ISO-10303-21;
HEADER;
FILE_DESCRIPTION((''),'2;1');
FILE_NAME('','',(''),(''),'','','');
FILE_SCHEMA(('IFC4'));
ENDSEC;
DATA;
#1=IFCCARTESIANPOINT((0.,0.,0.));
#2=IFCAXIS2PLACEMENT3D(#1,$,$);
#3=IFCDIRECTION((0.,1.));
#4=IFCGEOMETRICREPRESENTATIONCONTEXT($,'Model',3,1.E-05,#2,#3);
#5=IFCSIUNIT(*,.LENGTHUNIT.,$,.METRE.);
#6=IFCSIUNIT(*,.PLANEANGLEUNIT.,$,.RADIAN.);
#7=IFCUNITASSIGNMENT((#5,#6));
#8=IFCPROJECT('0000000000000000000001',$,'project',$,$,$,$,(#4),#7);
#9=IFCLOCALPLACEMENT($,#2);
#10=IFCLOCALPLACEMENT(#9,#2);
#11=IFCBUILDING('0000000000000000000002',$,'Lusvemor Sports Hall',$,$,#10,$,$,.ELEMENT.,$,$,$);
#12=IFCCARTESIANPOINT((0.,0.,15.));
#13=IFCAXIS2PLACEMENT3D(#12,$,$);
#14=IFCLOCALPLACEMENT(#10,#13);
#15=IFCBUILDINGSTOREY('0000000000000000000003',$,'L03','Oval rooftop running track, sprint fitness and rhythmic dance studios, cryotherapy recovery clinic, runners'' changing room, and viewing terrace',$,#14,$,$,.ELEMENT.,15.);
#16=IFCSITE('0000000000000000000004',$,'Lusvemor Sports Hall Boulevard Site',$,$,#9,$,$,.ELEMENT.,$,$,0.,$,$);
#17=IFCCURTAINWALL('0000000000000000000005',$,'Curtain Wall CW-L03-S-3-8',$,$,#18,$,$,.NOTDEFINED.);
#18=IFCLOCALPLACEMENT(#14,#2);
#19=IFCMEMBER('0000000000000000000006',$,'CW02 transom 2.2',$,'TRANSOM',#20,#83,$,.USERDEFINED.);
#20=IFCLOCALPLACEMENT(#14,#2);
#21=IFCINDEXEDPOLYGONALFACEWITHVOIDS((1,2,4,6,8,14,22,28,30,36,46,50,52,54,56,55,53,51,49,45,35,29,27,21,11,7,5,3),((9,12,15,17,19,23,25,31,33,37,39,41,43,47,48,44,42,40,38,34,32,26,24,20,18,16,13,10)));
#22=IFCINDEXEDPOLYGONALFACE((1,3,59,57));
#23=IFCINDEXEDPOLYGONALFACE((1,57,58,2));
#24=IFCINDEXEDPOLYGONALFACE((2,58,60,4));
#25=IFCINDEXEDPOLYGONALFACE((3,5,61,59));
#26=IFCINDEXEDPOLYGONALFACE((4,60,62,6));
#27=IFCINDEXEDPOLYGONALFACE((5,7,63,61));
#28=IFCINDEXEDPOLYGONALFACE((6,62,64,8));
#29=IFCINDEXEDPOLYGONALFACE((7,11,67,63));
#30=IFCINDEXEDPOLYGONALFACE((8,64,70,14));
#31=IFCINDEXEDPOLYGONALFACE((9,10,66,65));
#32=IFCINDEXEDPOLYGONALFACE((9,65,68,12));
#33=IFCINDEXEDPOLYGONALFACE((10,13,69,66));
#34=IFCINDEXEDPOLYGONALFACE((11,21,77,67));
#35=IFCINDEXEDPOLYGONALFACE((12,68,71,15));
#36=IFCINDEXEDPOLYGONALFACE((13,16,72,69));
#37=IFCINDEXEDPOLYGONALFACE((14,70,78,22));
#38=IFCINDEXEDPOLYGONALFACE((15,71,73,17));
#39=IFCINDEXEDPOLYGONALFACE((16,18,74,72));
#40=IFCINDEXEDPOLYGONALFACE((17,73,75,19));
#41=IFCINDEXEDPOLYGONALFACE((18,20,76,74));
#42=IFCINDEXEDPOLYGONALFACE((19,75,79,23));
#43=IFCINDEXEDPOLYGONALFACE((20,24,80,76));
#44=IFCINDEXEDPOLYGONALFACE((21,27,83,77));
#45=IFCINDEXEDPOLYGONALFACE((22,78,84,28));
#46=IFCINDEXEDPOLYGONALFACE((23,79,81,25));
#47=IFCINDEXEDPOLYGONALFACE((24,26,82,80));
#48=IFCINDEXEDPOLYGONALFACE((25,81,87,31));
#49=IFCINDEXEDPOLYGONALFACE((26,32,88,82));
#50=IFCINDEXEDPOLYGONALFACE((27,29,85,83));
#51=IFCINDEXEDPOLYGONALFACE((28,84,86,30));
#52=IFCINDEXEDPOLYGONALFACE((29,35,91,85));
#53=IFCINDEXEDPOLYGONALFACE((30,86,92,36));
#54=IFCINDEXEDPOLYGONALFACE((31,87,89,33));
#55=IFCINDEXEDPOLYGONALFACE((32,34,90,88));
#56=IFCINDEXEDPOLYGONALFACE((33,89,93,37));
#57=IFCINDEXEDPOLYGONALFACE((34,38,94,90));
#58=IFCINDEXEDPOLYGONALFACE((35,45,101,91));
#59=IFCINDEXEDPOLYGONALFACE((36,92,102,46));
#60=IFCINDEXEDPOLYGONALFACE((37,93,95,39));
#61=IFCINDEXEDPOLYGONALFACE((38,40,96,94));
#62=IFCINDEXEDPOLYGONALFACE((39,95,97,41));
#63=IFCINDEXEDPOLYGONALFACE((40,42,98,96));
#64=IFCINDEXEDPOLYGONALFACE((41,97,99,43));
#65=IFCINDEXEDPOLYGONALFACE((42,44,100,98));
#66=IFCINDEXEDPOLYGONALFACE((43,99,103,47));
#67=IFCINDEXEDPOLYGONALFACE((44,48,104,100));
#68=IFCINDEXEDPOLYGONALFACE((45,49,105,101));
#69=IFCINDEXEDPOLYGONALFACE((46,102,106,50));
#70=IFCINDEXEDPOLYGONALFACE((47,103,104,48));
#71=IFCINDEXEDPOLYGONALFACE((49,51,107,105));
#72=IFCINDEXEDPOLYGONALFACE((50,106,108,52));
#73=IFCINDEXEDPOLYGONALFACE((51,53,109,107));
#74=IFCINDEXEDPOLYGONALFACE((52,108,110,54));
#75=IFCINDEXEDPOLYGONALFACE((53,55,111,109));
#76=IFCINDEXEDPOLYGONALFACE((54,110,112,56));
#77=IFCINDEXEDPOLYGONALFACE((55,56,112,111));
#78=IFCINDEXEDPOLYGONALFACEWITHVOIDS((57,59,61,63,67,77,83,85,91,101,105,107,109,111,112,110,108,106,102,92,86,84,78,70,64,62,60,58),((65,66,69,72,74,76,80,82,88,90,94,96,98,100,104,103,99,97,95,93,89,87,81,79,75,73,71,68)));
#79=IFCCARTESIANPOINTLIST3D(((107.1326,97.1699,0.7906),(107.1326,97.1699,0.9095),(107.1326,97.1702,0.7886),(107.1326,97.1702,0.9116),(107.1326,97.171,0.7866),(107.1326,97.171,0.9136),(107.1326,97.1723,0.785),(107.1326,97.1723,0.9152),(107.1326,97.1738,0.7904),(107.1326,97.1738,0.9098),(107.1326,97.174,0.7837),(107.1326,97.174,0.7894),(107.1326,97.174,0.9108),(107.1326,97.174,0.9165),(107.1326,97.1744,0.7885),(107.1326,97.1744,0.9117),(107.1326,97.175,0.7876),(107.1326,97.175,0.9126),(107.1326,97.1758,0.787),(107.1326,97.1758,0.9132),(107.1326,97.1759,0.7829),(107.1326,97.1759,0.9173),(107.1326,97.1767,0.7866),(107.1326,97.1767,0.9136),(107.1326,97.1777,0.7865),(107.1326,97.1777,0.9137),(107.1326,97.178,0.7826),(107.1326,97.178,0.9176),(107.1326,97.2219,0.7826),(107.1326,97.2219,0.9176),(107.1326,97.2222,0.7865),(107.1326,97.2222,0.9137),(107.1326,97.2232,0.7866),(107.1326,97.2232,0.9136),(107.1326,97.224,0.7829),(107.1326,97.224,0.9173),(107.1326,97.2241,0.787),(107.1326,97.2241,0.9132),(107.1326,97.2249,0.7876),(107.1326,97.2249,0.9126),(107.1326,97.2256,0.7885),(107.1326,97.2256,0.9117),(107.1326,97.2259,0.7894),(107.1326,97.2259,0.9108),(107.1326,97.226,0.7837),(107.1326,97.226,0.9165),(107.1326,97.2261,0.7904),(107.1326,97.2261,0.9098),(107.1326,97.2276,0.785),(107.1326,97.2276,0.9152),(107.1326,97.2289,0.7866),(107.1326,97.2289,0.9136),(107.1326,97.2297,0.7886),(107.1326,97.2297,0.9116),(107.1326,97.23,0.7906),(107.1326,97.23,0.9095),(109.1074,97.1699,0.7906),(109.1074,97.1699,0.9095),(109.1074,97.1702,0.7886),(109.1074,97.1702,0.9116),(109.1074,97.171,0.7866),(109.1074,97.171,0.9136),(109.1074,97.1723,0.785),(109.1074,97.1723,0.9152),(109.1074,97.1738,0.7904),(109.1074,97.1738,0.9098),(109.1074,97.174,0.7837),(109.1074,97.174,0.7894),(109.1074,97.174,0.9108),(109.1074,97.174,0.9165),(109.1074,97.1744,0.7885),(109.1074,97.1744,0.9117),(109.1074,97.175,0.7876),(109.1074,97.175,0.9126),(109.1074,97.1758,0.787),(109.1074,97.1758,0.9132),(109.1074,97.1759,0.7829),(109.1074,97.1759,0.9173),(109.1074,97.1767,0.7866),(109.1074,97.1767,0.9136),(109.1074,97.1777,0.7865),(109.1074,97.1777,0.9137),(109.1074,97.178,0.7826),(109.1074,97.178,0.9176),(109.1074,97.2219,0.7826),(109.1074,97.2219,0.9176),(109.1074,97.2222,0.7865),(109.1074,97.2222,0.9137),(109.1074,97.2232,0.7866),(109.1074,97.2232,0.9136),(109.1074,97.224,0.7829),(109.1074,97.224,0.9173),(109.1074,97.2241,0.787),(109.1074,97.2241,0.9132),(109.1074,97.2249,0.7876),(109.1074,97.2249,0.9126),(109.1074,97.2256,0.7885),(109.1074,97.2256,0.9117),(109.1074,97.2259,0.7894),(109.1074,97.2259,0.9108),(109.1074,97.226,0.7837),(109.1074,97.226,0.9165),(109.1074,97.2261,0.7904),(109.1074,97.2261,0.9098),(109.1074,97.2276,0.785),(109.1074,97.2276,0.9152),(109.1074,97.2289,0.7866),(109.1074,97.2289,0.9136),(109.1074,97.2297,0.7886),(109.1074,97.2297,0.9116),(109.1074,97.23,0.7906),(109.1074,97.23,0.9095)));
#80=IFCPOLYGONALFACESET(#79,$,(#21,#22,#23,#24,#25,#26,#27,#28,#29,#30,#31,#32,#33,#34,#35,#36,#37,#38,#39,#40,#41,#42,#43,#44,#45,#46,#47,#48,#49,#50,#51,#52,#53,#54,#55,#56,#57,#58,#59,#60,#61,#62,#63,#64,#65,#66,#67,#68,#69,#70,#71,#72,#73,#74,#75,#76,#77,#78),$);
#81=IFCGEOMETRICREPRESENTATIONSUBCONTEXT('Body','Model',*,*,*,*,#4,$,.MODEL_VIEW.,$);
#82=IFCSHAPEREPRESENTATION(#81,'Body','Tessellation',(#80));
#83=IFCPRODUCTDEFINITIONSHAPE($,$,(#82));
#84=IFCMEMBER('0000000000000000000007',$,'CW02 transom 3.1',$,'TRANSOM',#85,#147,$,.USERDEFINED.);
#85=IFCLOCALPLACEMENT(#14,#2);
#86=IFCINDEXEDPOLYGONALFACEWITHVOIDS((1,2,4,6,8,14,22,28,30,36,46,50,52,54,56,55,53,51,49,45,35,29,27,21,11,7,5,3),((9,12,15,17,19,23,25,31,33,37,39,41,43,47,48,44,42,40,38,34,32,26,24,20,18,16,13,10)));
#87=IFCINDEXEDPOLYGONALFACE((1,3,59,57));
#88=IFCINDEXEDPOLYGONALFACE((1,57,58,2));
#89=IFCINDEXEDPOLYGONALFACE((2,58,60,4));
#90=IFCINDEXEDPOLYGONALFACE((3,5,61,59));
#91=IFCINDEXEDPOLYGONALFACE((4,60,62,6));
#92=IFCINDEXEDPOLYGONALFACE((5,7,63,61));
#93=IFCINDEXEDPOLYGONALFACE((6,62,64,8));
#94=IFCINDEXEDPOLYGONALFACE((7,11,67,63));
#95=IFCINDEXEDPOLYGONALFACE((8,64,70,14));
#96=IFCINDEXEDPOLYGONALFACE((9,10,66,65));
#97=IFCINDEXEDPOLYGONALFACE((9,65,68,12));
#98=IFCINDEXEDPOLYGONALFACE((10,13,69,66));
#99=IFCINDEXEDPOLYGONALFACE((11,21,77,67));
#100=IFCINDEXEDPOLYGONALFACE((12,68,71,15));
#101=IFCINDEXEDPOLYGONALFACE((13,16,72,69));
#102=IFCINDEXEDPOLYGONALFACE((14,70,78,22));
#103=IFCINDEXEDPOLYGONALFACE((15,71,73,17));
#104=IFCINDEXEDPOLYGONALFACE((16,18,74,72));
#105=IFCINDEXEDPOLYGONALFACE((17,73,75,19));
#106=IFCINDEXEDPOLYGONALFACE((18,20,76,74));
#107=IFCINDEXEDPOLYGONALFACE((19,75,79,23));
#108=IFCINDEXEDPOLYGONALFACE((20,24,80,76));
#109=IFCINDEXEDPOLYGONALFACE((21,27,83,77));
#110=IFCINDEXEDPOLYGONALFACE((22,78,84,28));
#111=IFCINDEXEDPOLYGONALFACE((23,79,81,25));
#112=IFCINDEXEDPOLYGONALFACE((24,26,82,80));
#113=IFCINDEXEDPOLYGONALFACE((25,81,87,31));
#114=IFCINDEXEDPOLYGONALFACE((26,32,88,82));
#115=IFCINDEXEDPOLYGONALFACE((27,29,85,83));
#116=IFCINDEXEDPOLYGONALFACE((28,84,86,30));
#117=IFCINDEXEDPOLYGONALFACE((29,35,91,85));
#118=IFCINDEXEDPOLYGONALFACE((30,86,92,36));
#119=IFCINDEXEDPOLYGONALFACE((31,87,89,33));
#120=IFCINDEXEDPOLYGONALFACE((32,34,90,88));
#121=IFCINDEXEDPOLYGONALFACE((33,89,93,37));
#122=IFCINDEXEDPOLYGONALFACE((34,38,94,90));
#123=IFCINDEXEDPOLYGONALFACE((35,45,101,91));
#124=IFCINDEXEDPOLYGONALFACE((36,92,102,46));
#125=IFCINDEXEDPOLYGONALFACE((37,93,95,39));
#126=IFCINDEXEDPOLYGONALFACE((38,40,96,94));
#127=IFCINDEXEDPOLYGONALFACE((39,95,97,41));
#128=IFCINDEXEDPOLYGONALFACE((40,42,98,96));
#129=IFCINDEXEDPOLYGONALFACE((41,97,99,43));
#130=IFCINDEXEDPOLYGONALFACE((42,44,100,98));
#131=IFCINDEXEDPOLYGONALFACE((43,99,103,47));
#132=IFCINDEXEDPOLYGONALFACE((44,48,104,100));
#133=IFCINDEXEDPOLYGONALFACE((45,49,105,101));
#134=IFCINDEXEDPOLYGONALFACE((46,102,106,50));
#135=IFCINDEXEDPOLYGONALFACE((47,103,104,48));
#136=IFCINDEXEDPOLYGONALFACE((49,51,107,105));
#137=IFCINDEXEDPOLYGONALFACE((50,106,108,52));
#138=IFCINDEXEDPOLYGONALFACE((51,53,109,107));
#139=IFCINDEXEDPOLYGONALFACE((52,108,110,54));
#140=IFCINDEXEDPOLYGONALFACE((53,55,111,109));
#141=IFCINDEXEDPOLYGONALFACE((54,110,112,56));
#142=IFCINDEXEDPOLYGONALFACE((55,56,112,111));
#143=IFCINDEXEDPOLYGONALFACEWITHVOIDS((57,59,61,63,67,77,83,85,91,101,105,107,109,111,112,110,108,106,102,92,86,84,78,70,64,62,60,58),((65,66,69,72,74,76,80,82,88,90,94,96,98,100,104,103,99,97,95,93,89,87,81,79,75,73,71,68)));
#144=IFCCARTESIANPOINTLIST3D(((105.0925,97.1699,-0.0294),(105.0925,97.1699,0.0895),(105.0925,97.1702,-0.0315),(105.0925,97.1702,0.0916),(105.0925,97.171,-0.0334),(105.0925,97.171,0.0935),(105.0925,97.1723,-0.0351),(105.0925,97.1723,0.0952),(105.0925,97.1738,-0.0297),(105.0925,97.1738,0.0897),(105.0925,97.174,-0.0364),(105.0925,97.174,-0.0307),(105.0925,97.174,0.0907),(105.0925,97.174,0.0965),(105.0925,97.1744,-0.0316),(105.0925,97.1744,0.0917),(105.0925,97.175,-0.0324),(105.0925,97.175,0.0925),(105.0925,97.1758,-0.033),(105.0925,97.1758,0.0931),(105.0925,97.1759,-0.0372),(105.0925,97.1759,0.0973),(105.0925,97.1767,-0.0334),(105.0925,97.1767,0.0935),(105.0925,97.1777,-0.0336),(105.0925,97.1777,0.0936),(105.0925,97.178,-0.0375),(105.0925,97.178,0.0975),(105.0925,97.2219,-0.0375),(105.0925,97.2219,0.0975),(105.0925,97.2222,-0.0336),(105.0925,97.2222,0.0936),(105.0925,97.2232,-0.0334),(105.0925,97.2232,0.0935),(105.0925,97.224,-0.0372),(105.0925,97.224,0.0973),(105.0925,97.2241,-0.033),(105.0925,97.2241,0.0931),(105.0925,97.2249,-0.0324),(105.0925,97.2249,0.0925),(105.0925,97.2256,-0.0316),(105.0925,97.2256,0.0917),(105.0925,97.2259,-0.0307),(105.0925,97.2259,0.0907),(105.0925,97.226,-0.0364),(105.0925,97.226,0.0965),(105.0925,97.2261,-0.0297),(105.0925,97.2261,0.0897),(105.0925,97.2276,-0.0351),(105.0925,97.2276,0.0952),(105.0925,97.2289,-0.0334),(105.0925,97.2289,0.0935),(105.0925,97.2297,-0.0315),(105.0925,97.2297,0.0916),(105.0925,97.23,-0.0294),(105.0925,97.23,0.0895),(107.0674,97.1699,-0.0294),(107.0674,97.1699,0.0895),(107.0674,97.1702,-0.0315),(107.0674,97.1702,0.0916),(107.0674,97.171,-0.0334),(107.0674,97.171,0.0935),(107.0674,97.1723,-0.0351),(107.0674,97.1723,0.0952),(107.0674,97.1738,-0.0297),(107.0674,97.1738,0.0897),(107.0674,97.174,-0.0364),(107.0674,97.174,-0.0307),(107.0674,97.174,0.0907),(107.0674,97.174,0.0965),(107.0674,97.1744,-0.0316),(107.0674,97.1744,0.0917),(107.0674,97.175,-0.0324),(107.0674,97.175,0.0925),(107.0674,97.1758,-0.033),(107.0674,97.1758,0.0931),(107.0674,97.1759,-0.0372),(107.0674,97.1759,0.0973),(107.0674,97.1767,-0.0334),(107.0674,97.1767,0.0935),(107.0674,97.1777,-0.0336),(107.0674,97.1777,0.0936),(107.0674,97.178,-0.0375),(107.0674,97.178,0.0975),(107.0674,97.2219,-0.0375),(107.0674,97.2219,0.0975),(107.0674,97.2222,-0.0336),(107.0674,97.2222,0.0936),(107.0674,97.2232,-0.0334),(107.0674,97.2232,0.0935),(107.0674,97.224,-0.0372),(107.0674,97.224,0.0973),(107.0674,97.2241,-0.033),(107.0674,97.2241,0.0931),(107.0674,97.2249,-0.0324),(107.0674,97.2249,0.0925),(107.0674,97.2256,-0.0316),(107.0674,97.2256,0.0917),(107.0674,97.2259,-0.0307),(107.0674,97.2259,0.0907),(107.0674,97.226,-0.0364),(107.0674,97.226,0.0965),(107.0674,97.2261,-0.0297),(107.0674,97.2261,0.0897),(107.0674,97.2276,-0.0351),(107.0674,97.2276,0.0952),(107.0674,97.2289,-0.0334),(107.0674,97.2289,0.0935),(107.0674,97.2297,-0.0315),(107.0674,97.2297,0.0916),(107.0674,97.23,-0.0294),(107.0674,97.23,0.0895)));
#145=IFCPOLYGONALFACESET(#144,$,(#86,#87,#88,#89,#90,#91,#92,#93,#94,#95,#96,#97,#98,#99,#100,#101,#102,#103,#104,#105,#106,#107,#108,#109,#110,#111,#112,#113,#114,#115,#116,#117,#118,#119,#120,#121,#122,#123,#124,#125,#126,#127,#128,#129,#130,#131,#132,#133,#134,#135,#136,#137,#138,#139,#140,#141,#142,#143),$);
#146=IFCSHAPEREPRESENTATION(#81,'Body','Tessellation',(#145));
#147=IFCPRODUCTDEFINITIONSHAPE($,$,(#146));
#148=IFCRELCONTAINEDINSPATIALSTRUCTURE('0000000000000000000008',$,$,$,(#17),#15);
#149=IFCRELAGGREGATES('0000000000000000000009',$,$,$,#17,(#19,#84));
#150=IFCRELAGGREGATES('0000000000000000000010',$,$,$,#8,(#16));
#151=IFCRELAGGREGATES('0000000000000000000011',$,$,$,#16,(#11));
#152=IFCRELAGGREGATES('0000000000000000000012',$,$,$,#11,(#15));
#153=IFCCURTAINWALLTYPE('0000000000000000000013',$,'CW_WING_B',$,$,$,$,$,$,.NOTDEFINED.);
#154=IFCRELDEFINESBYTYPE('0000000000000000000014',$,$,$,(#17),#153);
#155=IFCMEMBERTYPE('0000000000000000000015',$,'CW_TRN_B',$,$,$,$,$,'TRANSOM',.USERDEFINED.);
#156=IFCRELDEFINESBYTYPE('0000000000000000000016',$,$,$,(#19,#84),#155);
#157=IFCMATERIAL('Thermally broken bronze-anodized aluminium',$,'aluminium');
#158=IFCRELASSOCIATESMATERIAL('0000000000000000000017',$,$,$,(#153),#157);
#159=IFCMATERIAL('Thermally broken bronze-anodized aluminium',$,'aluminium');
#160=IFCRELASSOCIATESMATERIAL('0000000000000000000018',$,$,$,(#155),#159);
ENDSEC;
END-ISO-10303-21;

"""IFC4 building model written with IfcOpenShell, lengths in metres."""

from ifc_helpers import new_model, si_unit, direction, frame, origin, origin_2d, place, context, subcontext, project, spatial, hollow_rectangle, extrude, material, material_profile, profile_set, type_object, element, aggregate, save


model = new_model("IFC4")

# Units and contexts
model_context = context("Model", 3, precision=1e-05, world=origin(), true_north=direction((0.0, 1.0)))
body_context = subcontext(model_context, "Body", "Model", "MODEL_VIEW")
ifc_project = project(units=[si_unit("LENGTHUNIT", "METRE"), si_unit("PLANEANGLEUNIT", "RADIAN")], contexts=[model_context])

# Site, building, storey
site_placement = place(None, origin())
site = spatial("IfcSite", under=ifc_project, at=site_placement, Name="Lusvemor Sports Hall Boulevard Site", CompositionType="ELEMENT", RefElevation=0.0)
building_placement = place(site_placement, origin())
building = spatial("IfcBuilding", under=site, at=building_placement, Name="Lusvemor Sports Hall", CompositionType="ELEMENT")
storey_placement = place(building_placement, frame((0.0, 0.0, 15.0)))
storey = spatial("IfcBuildingStorey", under=building, at=storey_placement, Name="L03", Description="Oval rooftop running track, sprint fitness and rhythmic dance studios, cryotherapy recovery clinic, runners' changing room, and viewing terrace", CompositionType="ELEMENT", Elevation=15.0)

# Curtain wall, members
ifc_material_1 = material(Name="Thermally broken bronze-anodized aluminium", Category="aluminium")
curtain_wall_type = type_object("IfcCurtainWallType", Name="CW_WING_B", PredefinedType="NOTDEFINED", material=ifc_material_1)
curtain_wall_placement = place(storey_placement, origin())
curtain_wall = element("IfcCurtainWall", 1, at=curtain_wall_placement, inside=storey, type_object=curtain_wall_type, Name="Curtain Wall CW-L03-S-3-8", PredefinedType="NOTDEFINED")
ifc_material_2 = material(Name="Thermally broken bronze-anodized aluminium", Category="aluminium")
ifc_material_profile_1 = material_profile(ifc_material_2, hollow_rectangle(XDim=0.0601, YDim=0.135, WallThickness=0.0039, InnerFilletRadius=0.0039, OuterFilletRadius=0.0081, at=origin_2d()), Name="CWTRN135x60x4")
ifc_profile_set_1 = profile_set([ifc_material_profile_1], Name="Thermally broken bronze-anodized aluminium")
member_type_1 = type_object("IfcMemberType", Name="CW_TRN_B", ElementType="TRANSOM", PredefinedType="USERDEFINED", material=ifc_profile_set_1)
member_1_placement = place(storey_placement, frame((109.1074, 97.2, 0.8501), z_axis=(-1.0, 0.0, 0.0), x_axis=(0.0, -1.0, 0.0)))
member_1 = element("IfcMember", 2, at=member_1_placement, type_object=member_type_1, Name="CW02 transom 2.2", ObjectType="TRANSOM", PredefinedType="USERDEFINED", context=body_context, shape_type="SweptSolid", body=[
    extrude(hollow_rectangle(XDim=0.0601, YDim=0.135, WallThickness=0.0039, InnerFilletRadius=0.0039, OuterFilletRadius=0.0081, at=origin_2d()), origin(), (0.0, 0.0, 1.0), 1.9749),
])
member_2_placement = place(storey_placement, frame((107.0674, 97.2, 0.03), z_axis=(-1.0, 0.0, 0.0), x_axis=(0.0, -1.0, 0.0)))
member_2 = element("IfcMember", 3, at=member_2_placement, type_object=member_type_1, Name="CW02 transom 3.1", ObjectType="TRANSOM", PredefinedType="USERDEFINED", context=body_context, shape_type="SweptSolid", body=[
    extrude(hollow_rectangle(XDim=0.0601, YDim=0.135, WallThickness=0.0039, InnerFilletRadius=0.0039, OuterFilletRadius=0.0081, at=origin_2d()), origin(), (0.0, 0.0, 1.0), 1.9749),
])

aggregate(curtain_wall, [member_1, member_2])

save(model, "model.ifc")
